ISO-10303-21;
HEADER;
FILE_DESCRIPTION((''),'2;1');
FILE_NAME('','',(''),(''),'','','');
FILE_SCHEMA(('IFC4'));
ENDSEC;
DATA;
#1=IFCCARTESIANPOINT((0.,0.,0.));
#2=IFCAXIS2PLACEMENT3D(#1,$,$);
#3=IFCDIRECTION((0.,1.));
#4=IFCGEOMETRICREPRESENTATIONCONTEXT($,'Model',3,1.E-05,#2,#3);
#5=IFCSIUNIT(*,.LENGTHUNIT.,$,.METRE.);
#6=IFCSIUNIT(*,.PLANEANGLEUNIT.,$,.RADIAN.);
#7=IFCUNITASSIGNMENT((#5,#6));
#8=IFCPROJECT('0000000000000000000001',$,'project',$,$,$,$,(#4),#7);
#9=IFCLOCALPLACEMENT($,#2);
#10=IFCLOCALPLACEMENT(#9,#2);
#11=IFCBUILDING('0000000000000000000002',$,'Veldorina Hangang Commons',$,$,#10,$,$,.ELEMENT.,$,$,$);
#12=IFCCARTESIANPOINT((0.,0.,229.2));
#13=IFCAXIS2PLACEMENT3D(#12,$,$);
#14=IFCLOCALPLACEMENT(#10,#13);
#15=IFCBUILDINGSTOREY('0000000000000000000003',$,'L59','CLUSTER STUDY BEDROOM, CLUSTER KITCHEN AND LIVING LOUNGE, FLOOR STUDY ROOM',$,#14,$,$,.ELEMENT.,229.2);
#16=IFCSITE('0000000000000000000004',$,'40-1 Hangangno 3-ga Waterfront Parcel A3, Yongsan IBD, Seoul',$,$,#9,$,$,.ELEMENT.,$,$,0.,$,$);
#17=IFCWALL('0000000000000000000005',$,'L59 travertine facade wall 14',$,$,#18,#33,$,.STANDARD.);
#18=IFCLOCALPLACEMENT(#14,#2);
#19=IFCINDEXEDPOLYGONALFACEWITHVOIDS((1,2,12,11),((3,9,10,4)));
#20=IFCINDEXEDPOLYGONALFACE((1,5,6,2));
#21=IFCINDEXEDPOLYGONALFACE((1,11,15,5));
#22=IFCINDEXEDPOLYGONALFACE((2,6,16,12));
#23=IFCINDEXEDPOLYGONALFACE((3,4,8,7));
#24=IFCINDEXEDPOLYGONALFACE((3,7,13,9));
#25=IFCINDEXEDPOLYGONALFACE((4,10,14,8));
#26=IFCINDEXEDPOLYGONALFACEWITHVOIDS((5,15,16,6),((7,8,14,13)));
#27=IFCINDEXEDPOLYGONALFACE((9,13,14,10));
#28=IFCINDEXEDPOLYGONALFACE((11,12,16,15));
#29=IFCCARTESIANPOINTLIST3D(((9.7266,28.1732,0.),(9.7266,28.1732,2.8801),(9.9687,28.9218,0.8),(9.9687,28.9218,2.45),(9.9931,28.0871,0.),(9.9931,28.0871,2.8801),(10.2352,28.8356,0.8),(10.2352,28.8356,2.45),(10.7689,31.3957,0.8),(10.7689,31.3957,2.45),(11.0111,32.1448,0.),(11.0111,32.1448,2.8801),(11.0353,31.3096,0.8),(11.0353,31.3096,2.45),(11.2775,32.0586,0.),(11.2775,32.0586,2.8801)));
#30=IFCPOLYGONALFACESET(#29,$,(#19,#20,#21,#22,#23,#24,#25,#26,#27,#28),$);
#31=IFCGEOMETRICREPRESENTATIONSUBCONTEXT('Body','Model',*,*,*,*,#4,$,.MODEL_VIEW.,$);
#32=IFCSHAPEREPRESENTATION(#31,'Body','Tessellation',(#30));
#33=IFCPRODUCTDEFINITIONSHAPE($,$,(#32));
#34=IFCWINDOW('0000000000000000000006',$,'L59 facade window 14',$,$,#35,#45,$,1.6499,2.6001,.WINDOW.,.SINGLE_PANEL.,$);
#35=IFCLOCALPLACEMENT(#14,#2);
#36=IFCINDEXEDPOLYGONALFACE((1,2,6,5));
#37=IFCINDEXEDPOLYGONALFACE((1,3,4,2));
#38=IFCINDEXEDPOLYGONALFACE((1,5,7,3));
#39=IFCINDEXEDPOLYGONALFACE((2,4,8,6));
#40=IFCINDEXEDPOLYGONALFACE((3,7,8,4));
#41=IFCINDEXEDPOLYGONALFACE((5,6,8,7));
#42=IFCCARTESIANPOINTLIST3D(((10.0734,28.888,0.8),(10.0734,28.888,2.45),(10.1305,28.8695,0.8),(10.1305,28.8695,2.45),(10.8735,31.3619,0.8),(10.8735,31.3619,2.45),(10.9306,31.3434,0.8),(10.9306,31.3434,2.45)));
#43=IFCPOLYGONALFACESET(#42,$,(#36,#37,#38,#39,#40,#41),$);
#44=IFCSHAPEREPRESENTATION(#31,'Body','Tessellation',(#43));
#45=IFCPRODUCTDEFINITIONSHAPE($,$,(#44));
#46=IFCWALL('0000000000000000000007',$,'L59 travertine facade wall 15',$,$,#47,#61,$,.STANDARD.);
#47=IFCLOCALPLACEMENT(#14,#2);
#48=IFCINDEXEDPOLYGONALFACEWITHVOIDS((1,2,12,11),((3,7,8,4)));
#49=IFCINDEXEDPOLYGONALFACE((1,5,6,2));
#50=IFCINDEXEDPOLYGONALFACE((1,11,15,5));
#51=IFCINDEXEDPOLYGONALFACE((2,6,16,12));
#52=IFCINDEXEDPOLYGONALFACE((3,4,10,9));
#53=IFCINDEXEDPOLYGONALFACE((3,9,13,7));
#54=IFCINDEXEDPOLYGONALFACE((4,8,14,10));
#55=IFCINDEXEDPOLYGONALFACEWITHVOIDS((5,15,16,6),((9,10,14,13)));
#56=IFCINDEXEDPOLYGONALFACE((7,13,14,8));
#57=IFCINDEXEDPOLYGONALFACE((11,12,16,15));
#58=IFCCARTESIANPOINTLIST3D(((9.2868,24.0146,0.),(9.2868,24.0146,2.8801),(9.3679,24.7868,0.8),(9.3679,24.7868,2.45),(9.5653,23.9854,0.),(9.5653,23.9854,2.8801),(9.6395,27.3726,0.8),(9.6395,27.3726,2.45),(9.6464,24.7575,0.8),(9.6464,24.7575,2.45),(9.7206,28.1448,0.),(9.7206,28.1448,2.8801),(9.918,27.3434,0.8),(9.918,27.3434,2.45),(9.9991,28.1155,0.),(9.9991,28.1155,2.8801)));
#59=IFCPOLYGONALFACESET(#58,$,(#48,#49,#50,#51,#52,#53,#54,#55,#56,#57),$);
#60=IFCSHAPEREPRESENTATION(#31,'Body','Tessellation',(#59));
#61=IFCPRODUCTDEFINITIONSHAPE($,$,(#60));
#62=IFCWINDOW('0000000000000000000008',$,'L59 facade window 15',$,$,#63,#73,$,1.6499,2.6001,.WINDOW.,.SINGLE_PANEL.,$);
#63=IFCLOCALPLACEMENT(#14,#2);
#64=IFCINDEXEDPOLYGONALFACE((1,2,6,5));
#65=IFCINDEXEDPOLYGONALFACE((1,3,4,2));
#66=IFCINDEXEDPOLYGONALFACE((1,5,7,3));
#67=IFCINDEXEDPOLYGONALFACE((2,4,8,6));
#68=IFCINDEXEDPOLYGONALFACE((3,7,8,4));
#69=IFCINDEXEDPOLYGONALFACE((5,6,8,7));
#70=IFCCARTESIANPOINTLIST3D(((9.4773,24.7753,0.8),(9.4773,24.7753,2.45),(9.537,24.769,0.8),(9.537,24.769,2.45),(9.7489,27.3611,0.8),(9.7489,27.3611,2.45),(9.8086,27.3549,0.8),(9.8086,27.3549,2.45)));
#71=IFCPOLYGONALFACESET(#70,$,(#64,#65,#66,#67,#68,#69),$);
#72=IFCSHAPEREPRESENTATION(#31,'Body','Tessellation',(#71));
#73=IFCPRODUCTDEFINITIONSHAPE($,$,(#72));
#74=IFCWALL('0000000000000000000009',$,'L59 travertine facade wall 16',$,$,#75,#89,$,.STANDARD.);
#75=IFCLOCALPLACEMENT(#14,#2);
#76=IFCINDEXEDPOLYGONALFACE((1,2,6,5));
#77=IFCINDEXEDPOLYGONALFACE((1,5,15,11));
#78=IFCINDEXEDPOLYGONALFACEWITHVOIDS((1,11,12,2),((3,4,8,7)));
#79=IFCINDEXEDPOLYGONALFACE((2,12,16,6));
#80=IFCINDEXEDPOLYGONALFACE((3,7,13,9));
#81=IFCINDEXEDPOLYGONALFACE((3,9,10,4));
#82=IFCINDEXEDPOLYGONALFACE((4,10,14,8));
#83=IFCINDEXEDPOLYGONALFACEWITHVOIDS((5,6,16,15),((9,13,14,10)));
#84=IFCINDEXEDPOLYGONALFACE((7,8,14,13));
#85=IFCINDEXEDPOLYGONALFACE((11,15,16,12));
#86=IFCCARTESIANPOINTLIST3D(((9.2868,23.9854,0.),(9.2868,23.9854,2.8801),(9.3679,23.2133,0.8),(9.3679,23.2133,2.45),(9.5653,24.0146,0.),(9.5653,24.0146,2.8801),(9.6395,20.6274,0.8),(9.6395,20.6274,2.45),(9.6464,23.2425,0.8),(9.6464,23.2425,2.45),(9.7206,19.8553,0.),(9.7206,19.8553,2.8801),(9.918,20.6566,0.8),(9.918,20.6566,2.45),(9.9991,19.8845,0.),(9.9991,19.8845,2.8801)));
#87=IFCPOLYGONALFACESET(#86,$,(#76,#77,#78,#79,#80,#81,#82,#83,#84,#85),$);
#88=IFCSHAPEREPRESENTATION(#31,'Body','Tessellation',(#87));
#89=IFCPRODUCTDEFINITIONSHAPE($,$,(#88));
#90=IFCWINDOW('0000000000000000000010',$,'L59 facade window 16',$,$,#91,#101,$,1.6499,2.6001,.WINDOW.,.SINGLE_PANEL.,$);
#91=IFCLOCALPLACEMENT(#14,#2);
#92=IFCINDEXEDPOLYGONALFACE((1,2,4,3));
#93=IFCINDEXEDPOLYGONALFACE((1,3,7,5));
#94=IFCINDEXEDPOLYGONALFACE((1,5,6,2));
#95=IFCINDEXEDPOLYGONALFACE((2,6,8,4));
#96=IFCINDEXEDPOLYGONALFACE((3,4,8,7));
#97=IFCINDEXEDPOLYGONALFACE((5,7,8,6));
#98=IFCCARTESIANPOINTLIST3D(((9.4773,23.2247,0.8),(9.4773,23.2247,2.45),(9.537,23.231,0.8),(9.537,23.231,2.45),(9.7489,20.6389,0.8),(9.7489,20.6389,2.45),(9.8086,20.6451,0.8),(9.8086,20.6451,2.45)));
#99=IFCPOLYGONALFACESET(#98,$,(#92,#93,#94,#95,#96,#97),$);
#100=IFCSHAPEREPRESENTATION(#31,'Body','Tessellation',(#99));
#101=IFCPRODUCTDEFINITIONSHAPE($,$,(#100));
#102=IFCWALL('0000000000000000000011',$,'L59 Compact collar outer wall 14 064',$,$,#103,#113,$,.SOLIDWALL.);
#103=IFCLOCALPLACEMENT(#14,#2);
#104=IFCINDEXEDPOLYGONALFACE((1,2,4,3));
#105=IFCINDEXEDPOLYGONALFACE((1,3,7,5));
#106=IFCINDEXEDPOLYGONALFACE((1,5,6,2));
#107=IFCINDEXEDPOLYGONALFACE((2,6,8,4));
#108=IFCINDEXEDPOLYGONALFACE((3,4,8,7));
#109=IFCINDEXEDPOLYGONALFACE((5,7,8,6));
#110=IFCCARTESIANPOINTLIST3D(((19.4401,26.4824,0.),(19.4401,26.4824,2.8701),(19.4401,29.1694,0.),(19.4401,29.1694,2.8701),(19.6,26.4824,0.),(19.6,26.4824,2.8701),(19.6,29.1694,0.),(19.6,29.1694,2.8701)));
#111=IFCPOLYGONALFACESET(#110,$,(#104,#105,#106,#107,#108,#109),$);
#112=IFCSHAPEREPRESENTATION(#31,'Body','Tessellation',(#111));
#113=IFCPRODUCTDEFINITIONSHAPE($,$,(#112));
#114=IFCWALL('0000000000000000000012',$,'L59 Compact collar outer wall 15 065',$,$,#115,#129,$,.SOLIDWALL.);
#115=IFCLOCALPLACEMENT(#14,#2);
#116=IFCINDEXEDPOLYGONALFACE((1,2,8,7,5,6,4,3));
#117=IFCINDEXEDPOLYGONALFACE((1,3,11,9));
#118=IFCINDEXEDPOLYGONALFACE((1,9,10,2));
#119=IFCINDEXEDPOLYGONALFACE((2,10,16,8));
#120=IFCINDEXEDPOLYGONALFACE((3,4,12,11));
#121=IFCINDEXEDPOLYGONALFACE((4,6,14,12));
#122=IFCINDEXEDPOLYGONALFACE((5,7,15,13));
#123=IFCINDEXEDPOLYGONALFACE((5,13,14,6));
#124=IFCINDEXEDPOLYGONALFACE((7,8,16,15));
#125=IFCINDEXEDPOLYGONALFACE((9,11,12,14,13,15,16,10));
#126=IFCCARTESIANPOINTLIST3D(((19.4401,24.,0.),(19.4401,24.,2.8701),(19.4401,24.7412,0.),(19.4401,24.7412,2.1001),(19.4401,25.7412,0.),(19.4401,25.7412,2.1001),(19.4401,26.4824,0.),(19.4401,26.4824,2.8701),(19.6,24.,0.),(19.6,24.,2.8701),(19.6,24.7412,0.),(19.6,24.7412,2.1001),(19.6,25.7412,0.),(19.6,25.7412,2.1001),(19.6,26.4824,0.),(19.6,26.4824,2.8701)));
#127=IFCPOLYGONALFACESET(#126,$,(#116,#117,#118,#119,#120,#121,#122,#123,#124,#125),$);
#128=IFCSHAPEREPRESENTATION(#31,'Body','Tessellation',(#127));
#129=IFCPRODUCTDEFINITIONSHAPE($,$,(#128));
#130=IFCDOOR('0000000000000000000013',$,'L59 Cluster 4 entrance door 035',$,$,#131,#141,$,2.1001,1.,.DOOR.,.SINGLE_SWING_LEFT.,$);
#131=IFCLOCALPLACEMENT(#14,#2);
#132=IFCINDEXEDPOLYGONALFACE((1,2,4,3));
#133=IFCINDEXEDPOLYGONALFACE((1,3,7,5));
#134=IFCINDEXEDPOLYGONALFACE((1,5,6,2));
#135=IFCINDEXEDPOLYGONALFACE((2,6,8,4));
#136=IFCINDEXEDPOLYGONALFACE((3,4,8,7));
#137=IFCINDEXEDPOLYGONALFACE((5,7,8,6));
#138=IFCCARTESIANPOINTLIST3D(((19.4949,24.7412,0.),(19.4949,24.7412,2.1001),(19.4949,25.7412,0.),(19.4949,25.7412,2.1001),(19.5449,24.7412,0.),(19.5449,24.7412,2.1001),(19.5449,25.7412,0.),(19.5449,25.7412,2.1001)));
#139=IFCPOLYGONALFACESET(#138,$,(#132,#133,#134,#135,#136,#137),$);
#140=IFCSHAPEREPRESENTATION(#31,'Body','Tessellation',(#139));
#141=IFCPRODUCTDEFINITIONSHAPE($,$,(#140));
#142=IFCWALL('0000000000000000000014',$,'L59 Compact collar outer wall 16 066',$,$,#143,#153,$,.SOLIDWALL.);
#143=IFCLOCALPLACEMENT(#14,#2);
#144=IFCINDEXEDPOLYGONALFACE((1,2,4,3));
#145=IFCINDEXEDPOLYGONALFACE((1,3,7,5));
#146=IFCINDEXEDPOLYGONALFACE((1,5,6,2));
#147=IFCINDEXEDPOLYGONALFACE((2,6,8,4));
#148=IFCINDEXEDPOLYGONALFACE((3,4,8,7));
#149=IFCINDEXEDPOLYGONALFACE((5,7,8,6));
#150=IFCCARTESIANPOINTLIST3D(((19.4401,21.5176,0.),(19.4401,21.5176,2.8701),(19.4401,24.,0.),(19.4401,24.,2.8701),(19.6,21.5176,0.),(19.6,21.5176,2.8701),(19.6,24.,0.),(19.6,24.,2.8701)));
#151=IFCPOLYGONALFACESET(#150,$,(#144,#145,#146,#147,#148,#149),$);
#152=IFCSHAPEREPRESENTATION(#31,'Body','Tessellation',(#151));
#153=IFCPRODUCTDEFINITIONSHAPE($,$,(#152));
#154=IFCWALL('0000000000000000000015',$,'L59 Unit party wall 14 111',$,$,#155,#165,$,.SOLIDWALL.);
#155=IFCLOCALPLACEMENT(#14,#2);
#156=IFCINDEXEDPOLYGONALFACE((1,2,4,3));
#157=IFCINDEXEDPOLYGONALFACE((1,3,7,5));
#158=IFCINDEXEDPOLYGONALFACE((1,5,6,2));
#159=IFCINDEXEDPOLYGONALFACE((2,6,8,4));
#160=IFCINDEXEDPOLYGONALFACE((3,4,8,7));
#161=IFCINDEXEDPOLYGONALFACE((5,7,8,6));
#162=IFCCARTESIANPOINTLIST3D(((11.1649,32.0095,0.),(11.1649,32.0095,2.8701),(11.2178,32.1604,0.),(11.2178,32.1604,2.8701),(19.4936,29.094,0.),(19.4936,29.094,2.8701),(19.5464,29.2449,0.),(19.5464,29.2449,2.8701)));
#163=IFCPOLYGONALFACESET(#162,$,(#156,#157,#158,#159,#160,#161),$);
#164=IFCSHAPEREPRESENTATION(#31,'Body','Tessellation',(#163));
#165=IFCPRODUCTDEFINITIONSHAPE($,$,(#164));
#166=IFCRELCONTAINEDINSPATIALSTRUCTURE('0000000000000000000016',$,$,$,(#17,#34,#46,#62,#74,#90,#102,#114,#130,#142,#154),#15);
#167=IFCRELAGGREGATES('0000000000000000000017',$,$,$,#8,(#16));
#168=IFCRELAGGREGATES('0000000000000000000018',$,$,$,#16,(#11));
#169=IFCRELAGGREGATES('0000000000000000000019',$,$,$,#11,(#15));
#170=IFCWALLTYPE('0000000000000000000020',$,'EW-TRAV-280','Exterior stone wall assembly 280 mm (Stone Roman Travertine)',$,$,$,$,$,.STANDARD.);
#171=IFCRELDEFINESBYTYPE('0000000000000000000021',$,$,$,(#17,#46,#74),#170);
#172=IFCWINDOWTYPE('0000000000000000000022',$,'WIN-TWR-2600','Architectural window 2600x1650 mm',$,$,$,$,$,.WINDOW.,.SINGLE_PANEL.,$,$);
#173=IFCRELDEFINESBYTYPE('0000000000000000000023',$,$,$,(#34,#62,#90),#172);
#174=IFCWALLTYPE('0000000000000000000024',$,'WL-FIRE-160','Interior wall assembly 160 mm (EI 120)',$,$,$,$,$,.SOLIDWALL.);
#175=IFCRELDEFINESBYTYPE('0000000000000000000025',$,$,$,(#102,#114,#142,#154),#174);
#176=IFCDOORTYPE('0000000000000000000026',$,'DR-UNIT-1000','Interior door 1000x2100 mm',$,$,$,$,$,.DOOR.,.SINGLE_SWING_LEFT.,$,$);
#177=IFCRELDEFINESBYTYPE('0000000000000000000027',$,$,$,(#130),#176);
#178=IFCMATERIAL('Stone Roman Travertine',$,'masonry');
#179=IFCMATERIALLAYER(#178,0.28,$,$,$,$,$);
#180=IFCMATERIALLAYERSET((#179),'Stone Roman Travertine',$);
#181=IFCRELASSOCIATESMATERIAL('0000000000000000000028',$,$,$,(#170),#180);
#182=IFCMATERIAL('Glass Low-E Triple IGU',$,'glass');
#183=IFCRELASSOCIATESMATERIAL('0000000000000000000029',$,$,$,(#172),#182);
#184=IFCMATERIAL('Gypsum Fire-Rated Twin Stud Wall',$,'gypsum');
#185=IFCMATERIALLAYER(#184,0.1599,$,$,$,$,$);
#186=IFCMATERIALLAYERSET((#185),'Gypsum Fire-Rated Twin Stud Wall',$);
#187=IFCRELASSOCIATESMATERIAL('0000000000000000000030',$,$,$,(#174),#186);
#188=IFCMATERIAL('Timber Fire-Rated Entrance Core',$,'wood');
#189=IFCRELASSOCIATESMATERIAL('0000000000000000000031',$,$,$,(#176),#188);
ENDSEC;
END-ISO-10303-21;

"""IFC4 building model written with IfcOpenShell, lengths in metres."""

from ifc_helpers import new_model, si_unit, direction, frame, frame_2d, origin, place, context, subcontext, project, spatial, rectangle, extrude, material, layer, layer_set, type_object, element, fill, save


model = new_model("IFC4")

# Units and contexts
model_context = context("Model", 3, precision=1e-05, world=origin(), true_north=direction((0.0, 1.0)))
body_context = subcontext(model_context, "Body", "Model", "MODEL_VIEW")
ifc_project = project(units=[si_unit("LENGTHUNIT", "METRE"), si_unit("PLANEANGLEUNIT", "RADIAN")], contexts=[model_context])

# Site, building, storey
site_placement = place(None, origin())
site = spatial("IfcSite", under=ifc_project, at=site_placement, Name="40-1 Hangangno 3-ga Waterfront Parcel A3, Yongsan IBD, Seoul", CompositionType="ELEMENT", RefElevation=0.0)
building_placement = place(site_placement, origin())
building = spatial("IfcBuilding", under=site, at=building_placement, Name="Veldorina Hangang Commons", CompositionType="ELEMENT")
storey_placement = place(building_placement, frame((0.0, 0.0, 229.2)))
storey = spatial("IfcBuildingStorey", under=building, at=storey_placement, Name="L59", Description="CLUSTER STUDY BEDROOM, CLUSTER KITCHEN AND LIVING LOUNGE, FLOOR STUDY ROOM", CompositionType="ELEMENT", Elevation=229.2)

# Walls, openings, windows
ifc_material_1 = material(Name="Stone Roman Travertine", Category="masonry")
ifc_layer_1 = layer(ifc_material_1, 0.28)
ifc_layer_set_1 = layer_set([ifc_layer_1], Name="Stone Roman Travertine")
wall_type_1 = type_object("IfcWallType", Name="EW-TRAV-280", Description="Exterior stone wall assembly 280 mm (Stone Roman Travertine)", PredefinedType="STANDARD", material=ifc_layer_set_1)
wall_1_placement = place(storey_placement, frame((11.1443, 32.1016, 0.0), z_axis=(0.0, 0.0, 1.0), x_axis=(-0.307722, -0.951476, 0.0)))
wall_1 = element("IfcWall", 1, at=wall_1_placement, inside=storey, type_object=wall_type_1, Name="L59 travertine facade wall 14", PredefinedType="STANDARD", context=body_context, shape_type="SweptSolid", body=[
    extrude(rectangle(XDim=4.1741, YDim=0.28, at=frame_2d((2.0869, 0.0))), origin(), (0.0, 0.0, 1.0), 2.8801),
])
opening_1_placement = place(wall_1_placement, frame((0.7871, 0.0, 0.8)))
opening_1 = element("IfcOpeningElement", 2, at=opening_1_placement, cuts=wall_1, PredefinedType="OPENING", context=body_context, shape_type="SweptSolid", body=[
    extrude(rectangle(XDim=2.6001, YDim=1.6499, at=frame_2d((1.3, 0.825))), frame((0.0, 0.1499, 0.0), z_axis=(0.0, -1.0, 0.0), x_axis=(1.0, 0.0, 0.0)), (0.0, 0.0, 1.0), 0.3),
])
ifc_material_2 = material(Name="Glass Low-E Triple IGU", Category="glass")
window_type = type_object("IfcWindowType", Name="WIN-TWR-2600", Description="Architectural window 2600x1650 mm", PartitioningType="SINGLE_PANEL", PredefinedType="WINDOW", material=ifc_material_2)
window_1_placement = place(opening_1_placement, origin())
window_1 = element("IfcWindow", 3, at=window_1_placement, inside=storey, type_object=window_type, Name="L59 facade window 14", OverallHeight=1.6499, OverallWidth=2.6001, PartitioningType="SINGLE_PANEL", PredefinedType="WINDOW", context=body_context, shape_type="SweptSolid", body=[
    extrude(rectangle(XDim=2.6001, YDim=1.6499, at=frame_2d((1.3, 0.825))), frame((0.0, 0.03, 0.0), z_axis=(0.0, -1.0, 0.0), x_axis=(1.0, 0.0, 0.0)), (0.0, 0.0, 1.0), 0.0601),
])
fill(opening_1, window_1)
wall_2_placement = place(storey_placement, frame((9.8599, 28.1301, 0.0), z_axis=(0.0, 0.0, 1.0), x_axis=(-0.104468, -0.994528, 0.0)))
wall_2 = element("IfcWall", 4, at=wall_2_placement, inside=storey, type_object=wall_type_1, Name="L59 travertine facade wall 15", PredefinedType="STANDARD", context=body_context, shape_type="SweptSolid", body=[
    extrude(rectangle(XDim=4.1528, YDim=0.28, at=frame_2d((2.0764, 0.0))), origin(), (0.0, 0.0, 1.0), 2.8801),
])
opening_2_placement = place(wall_2_placement, frame((0.7764, 0.0, 0.8)))
opening_2 = element("IfcOpeningElement", 5, at=opening_2_placement, cuts=wall_2, PredefinedType="OPENING", context=body_context, shape_type="SweptSolid", body=[
    extrude(rectangle(XDim=2.6001, YDim=1.6499, at=frame_2d((1.3, 0.825))), frame((0.0, 0.1499, 0.0), z_axis=(0.0, -1.0, 0.0), x_axis=(1.0, 0.0, 0.0)), (0.0, 0.0, 1.0), 0.3),
])
window_2_placement = place(opening_2_placement, origin())
window_2 = element("IfcWindow", 6, at=window_2_placement, inside=storey, type_object=window_type, Name="L59 facade window 15", OverallHeight=1.6499, OverallWidth=2.6001, PartitioningType="SINGLE_PANEL", PredefinedType="WINDOW", context=body_context, shape_type="SweptSolid", body=[
    extrude(rectangle(XDim=2.6001, YDim=1.6499, at=frame_2d((1.3, 0.825))), frame((0.0, 0.03, 0.0), z_axis=(0.0, -1.0, 0.0), x_axis=(1.0, 0.0, 0.0)), (0.0, 0.0, 1.0), 0.0601),
])
fill(opening_2, window_2)
wall_3_placement = place(storey_placement, frame((9.426, 24.0, 0.0), z_axis=(0.0, 0.0, 1.0), x_axis=(0.104468, -0.994528, 0.0)))
wall_3 = element("IfcWall", 7, at=wall_3_placement, inside=storey, type_object=wall_type_1, Name="L59 travertine facade wall 16", PredefinedType="STANDARD", context=body_context, shape_type="SweptSolid", body=[
    extrude(rectangle(XDim=4.1528, YDim=0.28, at=frame_2d((2.0764, 0.0))), origin(), (0.0, 0.0, 1.0), 2.8801),
])
opening_3_placement = place(wall_3_placement, frame((0.7764, 0.0, 0.8)))
opening_3 = element("IfcOpeningElement", 8, at=opening_3_placement, cuts=wall_3, PredefinedType="OPENING", context=body_context, shape_type="SweptSolid", body=[
    extrude(rectangle(XDim=2.6001, YDim=1.6499, at=frame_2d((1.3, 0.825))), frame((0.0, 0.1499, 0.0), z_axis=(0.0, -1.0, 0.0), x_axis=(1.0, 0.0, 0.0)), (0.0, 0.0, 1.0), 0.3),
])
window_3_placement = place(opening_3_placement, origin())
window_3 = element("IfcWindow", 9, at=window_3_placement, inside=storey, type_object=window_type, Name="L59 facade window 16", OverallHeight=1.6499, OverallWidth=2.6001, PartitioningType="SINGLE_PANEL", PredefinedType="WINDOW", context=body_context, shape_type="SweptSolid", body=[
    extrude(rectangle(XDim=2.6001, YDim=1.6499, at=frame_2d((1.3, 0.825))), frame((0.0, 0.03, 0.0), z_axis=(0.0, -1.0, 0.0), x_axis=(1.0, 0.0, 0.0)), (0.0, 0.0, 1.0), 0.0601),
])
fill(opening_3, window_3)

# Wall
ifc_material_3 = material(Name="Gypsum Fire-Rated Twin Stud Wall", Category="gypsum")
ifc_layer_2 = layer(ifc_material_3, 0.1599)
ifc_layer_set_2 = layer_set([ifc_layer_2], Name="Gypsum Fire-Rated Twin Stud Wall")
wall_type_2 = type_object("IfcWallType", Name="WL-FIRE-160", Description="Interior wall assembly 160 mm (EI 120)", PredefinedType="SOLIDWALL", material=ifc_layer_set_2)
wall_4_placement = place(storey_placement, frame((19.52, 29.1694, 0.0), z_axis=(0.0, 0.0, 1.0), x_axis=(0.0, -1.0, 0.0)))
element("IfcWall", 10, at=wall_4_placement, inside=storey, type_object=wall_type_2, Name="L59 Compact collar outer wall 14 064", PredefinedType="SOLIDWALL", context=body_context, shape_type="SweptSolid", body=[
    extrude(rectangle(XDim=2.687, YDim=0.1599, at=frame_2d((1.3435, 0.0))), origin(), (0.0, 0.0, 1.0), 2.8701),
])

# Wall, opening, door
wall_5_placement = place(storey_placement, frame((19.52, 26.4824, 0.0), z_axis=(0.0, 0.0, 1.0), x_axis=(0.0, -1.0, 0.0)))
wall_5 = element("IfcWall", 11, at=wall_5_placement, inside=storey, type_object=wall_type_2, Name="L59 Compact collar outer wall 15 065", PredefinedType="SOLIDWALL", context=body_context, shape_type="SweptSolid", body=[
    extrude(rectangle(XDim=2.4824, YDim=0.1599, at=frame_2d((1.2412, 0.0))), origin(), (0.0, 0.0, 1.0), 2.8701),
])
opening_4_placement = place(wall_5_placement, frame((0.7412, 0.0, 0.0)))
opening_4 = element("IfcOpeningElement", 12, at=opening_4_placement, cuts=wall_5, PredefinedType="OPENING", context=body_context, shape_type="SweptSolid", body=[
    extrude(rectangle(XDim=1.0, YDim=2.1001, at=frame_2d((0.5, 1.05))), frame((0.0, 0.0898, 0.0), z_axis=(0.0, -1.0, 0.0), x_axis=(1.0, 0.0, 0.0)), (0.0, 0.0, 1.0), 0.1799),
])
ifc_material_4 = material(Name="Timber Fire-Rated Entrance Core", Category="wood")
door_type_1 = type_object("IfcDoorType", Name="DR-UNIT-1000", Description="Interior door 1000x2100 mm", OperationType="SINGLE_SWING_LEFT", PredefinedType="DOOR", material=ifc_material_4)
door_1_placement = place(opening_4_placement, origin())
door_1 = element("IfcDoor", 13, at=door_1_placement, inside=storey, type_object=door_type_1, Name="L59 Cluster 4 entrance door 035", OperationType="SINGLE_SWING_LEFT", OverallHeight=2.1001, OverallWidth=1.0, PredefinedType="DOOR", context=body_context, shape_type="SweptSolid", body=[
    extrude(rectangle(XDim=1.0, YDim=2.1001, at=frame_2d((0.5, 1.05))), frame((0.0, 0.0249, 0.0), z_axis=(0.0, -1.0, 0.0), x_axis=(1.0, 0.0, 0.0)), (0.0, 0.0, 1.0), 0.05),
])
fill(opening_4, door_1)

# Walls
wall_6_placement = place(storey_placement, frame((19.52, 24.0, 0.0), z_axis=(0.0, 0.0, 1.0), x_axis=(0.0, -1.0, 0.0)))
element("IfcWall", 14, at=wall_6_placement, inside=storey, type_object=wall_type_2, Name="L59 Compact collar outer wall 16 066", PredefinedType="SOLIDWALL", context=body_context, shape_type="SweptSolid", body=[
    extrude(rectangle(XDim=2.4824, YDim=0.1599, at=frame_2d((1.2412, 0.0))), origin(), (0.0, 0.0, 1.0), 2.8701),
])
wall_7_placement = place(storey_placement, frame((19.52, 29.1694, 0.0), z_axis=(0.0, 0.0, 1.0), x_axis=(-0.94384, 0.330402, 0.0)))
element("IfcWall", 15, at=wall_7_placement, inside=storey, type_object=wall_type_2, Name="L59 Unit party wall 14 111", PredefinedType="SOLIDWALL", context=body_context, shape_type="SweptSolid", body=[
    extrude(rectangle(XDim=8.8242, YDim=0.1599, at=frame_2d((4.4121, 0.0))), origin(), (0.0, 0.0, 1.0), 2.8701),
])

save(model, "model.ifc")
